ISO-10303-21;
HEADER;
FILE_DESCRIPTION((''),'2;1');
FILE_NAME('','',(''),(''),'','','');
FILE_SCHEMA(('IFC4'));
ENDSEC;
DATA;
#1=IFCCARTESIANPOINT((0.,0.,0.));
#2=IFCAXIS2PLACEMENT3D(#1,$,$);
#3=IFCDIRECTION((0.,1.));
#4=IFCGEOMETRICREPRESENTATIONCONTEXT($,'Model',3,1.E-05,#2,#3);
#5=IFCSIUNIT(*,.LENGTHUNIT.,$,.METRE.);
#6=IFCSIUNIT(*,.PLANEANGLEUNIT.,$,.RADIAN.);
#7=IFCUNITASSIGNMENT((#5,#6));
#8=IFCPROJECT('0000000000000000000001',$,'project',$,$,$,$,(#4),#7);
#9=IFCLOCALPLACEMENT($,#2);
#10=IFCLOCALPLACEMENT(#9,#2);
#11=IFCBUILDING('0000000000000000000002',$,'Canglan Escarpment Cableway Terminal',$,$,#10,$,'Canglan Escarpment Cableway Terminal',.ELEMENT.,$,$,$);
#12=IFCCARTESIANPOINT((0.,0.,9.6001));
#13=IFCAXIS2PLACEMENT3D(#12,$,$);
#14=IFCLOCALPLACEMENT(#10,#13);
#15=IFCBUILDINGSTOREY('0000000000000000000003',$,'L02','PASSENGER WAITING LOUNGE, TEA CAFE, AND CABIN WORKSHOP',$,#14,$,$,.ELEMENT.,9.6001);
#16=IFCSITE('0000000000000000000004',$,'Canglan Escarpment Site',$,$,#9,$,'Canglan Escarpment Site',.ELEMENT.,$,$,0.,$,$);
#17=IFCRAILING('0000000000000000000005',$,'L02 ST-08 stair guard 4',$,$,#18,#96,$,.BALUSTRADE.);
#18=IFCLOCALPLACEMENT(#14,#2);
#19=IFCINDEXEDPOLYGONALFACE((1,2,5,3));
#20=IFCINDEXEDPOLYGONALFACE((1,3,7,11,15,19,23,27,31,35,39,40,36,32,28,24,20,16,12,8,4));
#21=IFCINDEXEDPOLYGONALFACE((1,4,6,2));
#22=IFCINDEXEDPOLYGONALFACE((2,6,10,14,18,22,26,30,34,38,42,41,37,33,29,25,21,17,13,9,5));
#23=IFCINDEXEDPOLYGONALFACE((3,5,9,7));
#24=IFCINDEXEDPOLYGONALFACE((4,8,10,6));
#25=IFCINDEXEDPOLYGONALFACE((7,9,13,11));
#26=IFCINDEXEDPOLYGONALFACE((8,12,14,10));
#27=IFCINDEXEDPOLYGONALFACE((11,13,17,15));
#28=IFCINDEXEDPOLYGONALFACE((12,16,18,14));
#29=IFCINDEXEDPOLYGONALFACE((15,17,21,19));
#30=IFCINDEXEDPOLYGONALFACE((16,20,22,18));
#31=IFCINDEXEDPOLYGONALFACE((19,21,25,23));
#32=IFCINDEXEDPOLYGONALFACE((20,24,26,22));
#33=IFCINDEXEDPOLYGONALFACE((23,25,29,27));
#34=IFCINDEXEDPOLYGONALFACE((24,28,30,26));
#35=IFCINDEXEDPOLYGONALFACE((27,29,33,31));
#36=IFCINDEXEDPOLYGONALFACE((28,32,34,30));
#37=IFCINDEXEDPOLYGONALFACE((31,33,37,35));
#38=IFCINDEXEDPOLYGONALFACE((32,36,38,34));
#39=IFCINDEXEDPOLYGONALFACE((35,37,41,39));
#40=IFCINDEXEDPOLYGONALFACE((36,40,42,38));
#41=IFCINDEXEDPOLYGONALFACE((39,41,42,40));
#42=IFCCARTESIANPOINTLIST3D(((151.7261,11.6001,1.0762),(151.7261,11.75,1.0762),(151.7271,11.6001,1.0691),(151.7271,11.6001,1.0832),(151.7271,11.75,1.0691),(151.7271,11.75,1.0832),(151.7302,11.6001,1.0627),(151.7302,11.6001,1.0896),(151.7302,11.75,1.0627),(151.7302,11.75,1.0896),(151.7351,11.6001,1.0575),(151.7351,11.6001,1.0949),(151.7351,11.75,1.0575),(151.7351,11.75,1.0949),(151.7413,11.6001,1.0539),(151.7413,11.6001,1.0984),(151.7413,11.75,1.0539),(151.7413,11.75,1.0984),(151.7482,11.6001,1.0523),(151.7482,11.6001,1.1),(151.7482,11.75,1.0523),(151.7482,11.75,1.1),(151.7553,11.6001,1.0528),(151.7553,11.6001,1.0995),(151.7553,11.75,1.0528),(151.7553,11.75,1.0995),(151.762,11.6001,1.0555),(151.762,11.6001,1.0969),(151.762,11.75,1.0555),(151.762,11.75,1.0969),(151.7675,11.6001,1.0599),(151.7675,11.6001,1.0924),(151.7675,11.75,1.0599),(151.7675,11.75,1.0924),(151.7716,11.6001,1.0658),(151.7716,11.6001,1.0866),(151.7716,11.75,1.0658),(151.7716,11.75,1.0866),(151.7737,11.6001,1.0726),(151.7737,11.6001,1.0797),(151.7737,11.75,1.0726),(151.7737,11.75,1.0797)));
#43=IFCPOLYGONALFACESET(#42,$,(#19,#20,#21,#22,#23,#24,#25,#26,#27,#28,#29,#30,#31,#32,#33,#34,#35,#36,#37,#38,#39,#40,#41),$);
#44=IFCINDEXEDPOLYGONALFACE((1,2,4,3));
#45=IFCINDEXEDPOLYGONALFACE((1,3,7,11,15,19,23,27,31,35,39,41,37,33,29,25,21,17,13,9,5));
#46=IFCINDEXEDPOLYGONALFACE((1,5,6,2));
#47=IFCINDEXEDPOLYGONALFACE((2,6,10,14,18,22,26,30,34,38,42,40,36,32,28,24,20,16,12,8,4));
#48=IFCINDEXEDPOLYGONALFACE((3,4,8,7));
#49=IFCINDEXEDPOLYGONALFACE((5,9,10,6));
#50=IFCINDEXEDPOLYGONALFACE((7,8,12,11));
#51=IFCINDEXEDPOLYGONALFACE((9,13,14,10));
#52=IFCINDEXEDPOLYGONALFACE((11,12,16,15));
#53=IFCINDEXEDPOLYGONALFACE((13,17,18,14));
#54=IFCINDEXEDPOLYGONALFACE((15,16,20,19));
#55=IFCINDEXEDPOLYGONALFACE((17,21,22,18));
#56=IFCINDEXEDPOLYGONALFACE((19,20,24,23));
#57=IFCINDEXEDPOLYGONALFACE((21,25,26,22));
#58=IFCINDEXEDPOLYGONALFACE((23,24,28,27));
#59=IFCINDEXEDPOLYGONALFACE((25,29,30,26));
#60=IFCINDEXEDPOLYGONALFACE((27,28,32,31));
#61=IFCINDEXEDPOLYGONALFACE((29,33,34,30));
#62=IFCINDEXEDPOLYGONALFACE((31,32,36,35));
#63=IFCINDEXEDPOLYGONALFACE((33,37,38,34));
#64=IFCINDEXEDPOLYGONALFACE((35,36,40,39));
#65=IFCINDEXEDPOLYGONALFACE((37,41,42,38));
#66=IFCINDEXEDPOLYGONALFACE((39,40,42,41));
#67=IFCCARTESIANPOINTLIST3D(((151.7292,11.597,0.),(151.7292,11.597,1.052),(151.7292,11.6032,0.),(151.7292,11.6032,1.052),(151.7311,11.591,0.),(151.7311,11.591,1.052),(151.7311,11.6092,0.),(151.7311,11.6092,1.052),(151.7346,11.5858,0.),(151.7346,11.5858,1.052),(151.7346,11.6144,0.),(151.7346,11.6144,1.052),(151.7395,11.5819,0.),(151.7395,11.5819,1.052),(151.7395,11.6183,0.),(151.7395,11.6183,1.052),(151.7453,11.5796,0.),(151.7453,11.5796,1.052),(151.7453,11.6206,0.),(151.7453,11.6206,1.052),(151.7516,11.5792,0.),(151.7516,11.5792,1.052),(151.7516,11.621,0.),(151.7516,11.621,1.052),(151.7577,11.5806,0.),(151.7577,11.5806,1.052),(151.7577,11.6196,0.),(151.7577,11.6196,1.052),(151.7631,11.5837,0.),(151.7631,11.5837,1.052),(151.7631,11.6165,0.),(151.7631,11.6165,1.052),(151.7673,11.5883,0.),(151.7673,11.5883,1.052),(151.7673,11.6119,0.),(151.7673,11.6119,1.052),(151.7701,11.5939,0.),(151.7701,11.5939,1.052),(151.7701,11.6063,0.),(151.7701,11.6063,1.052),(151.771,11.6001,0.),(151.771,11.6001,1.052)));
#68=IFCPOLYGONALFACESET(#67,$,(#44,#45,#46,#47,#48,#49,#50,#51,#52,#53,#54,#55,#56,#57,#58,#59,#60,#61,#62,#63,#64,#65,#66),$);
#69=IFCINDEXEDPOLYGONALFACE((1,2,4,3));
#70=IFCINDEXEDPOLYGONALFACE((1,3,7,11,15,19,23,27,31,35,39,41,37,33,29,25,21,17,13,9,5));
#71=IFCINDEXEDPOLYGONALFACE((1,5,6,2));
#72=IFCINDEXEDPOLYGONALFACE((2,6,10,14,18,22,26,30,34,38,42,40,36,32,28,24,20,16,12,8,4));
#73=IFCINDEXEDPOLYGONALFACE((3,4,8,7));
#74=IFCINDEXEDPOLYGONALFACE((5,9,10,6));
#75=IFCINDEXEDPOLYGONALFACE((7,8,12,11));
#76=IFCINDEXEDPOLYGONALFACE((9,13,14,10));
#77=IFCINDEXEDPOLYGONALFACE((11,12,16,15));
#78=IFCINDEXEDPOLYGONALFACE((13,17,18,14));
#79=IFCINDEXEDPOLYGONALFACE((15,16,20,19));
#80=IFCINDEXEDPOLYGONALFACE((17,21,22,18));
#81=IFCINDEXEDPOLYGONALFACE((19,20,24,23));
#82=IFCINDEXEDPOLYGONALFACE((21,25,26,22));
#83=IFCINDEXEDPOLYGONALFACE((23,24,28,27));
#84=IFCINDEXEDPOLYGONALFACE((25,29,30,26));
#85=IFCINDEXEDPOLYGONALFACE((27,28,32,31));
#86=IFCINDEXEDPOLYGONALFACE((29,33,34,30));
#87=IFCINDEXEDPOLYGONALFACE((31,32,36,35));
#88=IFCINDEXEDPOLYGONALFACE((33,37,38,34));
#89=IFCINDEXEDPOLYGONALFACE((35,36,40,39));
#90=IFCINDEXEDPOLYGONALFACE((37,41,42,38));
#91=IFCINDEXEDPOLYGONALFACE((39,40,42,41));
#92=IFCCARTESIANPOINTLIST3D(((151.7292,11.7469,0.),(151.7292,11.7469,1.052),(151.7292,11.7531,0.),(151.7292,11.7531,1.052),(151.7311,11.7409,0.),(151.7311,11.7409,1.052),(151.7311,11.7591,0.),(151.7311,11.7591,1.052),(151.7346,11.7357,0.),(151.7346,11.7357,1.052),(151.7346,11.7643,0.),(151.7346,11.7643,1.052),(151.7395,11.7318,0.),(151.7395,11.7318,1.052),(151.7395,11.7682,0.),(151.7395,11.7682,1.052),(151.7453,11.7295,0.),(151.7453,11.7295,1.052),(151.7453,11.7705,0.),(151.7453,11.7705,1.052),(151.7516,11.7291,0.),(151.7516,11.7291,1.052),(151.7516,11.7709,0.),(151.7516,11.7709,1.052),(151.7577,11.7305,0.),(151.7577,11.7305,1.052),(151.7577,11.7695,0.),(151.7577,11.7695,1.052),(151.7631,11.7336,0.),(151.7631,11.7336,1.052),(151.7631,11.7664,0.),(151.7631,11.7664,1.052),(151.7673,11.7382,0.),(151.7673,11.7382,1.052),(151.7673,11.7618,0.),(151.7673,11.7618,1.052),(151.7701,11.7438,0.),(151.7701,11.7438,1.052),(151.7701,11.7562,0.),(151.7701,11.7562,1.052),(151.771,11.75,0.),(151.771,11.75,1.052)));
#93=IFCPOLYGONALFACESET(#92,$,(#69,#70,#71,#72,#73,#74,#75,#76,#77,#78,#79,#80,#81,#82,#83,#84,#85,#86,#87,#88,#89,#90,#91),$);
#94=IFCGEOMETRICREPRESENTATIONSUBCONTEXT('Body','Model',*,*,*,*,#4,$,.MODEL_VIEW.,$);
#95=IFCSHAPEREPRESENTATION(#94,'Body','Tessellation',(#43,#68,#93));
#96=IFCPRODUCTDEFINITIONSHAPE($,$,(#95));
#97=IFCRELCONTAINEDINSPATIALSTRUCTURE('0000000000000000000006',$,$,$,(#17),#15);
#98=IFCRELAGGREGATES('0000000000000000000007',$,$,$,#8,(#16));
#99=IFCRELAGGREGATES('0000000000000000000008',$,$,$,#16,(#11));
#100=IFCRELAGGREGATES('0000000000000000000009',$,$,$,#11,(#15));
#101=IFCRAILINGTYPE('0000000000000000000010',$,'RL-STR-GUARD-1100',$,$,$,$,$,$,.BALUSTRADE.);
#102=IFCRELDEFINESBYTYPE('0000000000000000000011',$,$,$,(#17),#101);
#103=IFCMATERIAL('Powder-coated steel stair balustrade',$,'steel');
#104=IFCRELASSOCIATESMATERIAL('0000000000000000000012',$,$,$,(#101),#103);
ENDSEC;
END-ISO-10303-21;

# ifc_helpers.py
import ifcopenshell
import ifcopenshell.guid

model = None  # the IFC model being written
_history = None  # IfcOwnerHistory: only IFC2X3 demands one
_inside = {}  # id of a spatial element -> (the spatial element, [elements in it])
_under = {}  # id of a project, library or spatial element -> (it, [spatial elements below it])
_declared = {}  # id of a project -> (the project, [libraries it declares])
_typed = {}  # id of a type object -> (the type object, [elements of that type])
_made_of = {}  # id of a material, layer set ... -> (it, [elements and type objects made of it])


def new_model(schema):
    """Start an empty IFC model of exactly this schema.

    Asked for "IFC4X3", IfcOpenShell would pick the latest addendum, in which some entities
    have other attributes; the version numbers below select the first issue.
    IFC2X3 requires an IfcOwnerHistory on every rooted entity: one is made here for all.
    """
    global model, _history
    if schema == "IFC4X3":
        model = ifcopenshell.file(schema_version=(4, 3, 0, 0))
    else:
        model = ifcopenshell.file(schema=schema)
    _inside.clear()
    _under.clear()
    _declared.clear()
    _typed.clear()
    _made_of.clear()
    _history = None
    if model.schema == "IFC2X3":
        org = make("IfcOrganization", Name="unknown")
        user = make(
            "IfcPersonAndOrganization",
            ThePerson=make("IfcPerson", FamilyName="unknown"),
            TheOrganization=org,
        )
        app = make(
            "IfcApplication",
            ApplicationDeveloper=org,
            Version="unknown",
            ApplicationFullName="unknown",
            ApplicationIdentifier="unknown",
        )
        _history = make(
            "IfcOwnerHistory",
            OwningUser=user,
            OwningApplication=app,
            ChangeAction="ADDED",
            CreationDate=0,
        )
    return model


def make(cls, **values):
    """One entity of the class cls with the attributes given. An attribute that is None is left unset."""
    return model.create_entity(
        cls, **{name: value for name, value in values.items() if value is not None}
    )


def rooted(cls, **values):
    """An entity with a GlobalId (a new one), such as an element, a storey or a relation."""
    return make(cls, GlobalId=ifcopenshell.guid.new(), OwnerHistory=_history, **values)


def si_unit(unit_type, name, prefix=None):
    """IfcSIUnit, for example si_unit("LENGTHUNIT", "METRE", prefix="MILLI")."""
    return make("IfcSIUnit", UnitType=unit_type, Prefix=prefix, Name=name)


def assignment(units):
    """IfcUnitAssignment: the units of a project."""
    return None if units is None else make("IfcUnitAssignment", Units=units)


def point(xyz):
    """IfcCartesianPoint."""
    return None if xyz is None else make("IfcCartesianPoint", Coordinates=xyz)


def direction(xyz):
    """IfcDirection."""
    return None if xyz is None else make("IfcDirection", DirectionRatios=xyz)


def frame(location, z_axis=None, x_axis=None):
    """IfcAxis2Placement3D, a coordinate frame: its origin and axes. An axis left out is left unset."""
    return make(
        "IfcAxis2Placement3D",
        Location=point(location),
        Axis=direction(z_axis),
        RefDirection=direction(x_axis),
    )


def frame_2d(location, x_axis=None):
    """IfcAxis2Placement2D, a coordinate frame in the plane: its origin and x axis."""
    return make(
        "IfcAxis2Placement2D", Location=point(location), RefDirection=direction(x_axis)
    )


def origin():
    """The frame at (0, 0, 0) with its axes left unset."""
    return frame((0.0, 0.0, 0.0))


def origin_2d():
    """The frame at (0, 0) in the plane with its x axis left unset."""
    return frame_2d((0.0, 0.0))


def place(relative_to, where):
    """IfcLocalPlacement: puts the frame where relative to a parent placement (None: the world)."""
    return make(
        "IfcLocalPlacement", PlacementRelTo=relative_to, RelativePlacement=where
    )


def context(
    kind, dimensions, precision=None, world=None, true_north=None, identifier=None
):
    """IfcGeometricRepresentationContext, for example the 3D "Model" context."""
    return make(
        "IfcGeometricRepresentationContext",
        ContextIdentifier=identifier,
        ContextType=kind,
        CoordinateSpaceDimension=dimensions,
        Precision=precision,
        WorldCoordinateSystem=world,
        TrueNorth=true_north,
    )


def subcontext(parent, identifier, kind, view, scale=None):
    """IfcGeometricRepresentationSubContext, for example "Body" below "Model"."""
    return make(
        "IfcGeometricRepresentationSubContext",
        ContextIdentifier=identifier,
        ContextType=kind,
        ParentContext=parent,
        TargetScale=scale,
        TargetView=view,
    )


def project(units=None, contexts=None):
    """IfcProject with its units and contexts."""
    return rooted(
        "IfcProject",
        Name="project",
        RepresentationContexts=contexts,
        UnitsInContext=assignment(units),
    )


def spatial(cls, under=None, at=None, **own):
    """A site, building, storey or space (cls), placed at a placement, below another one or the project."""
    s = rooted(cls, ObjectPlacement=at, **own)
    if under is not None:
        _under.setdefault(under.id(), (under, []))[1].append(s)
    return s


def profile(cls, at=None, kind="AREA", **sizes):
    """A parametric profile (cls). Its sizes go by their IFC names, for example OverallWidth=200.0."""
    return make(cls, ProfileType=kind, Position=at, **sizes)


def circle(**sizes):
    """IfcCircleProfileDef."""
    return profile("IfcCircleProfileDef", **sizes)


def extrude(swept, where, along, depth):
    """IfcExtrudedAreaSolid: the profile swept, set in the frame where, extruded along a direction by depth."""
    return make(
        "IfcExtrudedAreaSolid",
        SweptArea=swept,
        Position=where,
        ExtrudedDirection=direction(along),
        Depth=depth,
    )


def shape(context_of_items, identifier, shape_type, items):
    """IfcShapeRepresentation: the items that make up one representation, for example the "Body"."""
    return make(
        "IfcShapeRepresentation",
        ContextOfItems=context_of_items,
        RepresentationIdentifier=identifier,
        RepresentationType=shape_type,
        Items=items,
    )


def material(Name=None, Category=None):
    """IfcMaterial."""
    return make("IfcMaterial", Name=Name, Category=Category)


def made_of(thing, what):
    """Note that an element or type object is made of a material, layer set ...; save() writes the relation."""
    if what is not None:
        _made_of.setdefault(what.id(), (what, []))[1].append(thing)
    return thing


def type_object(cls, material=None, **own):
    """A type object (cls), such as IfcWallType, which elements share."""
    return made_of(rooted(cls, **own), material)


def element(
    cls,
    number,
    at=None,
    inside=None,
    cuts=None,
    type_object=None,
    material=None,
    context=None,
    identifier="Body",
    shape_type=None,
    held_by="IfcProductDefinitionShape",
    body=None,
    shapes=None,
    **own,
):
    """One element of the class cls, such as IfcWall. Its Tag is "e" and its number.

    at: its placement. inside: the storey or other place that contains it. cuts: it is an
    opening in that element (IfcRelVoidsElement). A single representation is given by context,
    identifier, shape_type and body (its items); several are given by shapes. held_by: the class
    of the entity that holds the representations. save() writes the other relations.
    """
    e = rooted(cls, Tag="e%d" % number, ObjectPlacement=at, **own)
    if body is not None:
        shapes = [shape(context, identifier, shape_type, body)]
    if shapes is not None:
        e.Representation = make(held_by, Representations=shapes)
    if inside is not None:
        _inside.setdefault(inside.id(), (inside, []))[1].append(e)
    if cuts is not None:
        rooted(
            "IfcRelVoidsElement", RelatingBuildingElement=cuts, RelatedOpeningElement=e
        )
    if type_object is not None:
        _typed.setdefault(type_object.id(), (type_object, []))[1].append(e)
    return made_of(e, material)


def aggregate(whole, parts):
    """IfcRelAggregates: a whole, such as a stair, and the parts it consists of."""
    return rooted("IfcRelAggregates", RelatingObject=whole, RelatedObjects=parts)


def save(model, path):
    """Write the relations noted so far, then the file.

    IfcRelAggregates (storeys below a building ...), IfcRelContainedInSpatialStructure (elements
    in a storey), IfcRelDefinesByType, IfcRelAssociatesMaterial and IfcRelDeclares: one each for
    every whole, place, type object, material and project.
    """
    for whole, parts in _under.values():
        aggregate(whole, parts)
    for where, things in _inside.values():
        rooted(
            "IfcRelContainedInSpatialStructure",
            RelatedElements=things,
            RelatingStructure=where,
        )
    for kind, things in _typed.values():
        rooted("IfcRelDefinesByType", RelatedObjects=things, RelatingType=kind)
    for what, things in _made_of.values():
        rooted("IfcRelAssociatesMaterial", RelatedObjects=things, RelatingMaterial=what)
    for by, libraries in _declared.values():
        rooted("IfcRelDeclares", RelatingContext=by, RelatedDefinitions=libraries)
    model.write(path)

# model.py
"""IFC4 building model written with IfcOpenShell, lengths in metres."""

from ifc_helpers import new_model, si_unit, direction, frame, origin, origin_2d, place, context, subcontext, project, spatial, circle, extrude, material, type_object, element, save


model = new_model("IFC4")

# Units and contexts
model_context = context("Model", 3, precision=1e-05, world=origin(), true_north=direction((0.0, 1.0)))
body_context = subcontext(model_context, "Body", "Model", "MODEL_VIEW")
ifc_project = project(units=[si_unit("LENGTHUNIT", "METRE"), si_unit("PLANEANGLEUNIT", "RADIAN")], contexts=[model_context])

# Site, building, storey
site_placement = place(None, origin())
site = spatial("IfcSite", under=ifc_project, at=site_placement, Name="Canglan Escarpment Site", LongName="Canglan Escarpment Site", CompositionType="ELEMENT", RefElevation=0.0)
building_placement = place(site_placement, origin())
building = spatial("IfcBuilding", under=site, at=building_placement, Name="Canglan Escarpment Cableway Terminal", LongName="Canglan Escarpment Cableway Terminal", CompositionType="ELEMENT")
storey_placement = place(building_placement, frame((0.0, 0.0, 9.6001)))
storey = spatial("IfcBuildingStorey", under=building, at=storey_placement, Name="L02", Description="PASSENGER WAITING LOUNGE, TEA CAFE, AND CABIN WORKSHOP", CompositionType="ELEMENT", Elevation=9.6001)

# Railing
ifc_material_1 = material(Name="Powder-coated steel stair balustrade", Category="steel")
railing_type_1 = type_object("IfcRailingType", Name="RL-STR-GUARD-1100", PredefinedType="BALUSTRADE", material=ifc_material_1)
railing_1_placement = place(storey_placement, frame((151.75, 11.6001, 0.0)))
element("IfcRailing", 1, at=railing_1_placement, inside=storey, type_object=railing_type_1, Name="L02 ST-08 stair guard 4", PredefinedType="BALUSTRADE", context=body_context, shape_type="SweptSolid", body=[
    extrude(circle(Radius=0.0239, at=origin_2d()), frame((0.0, 0.0, 1.0762), z_axis=(0.0, 1.0, 0.0), x_axis=(-1.0, 0.0, 0.0)), (0.0, 0.0, 1.0), 0.1499),
    extrude(circle(Radius=0.021, at=origin_2d()), origin(), (0.0, 0.0, 1.0), 1.052),
    extrude(circle(Radius=0.021, at=origin_2d()), frame((0.0, 0.1499, 0.0)), (0.0, 0.0, 1.0), 1.052),
])

save(model, "model.ifc")
